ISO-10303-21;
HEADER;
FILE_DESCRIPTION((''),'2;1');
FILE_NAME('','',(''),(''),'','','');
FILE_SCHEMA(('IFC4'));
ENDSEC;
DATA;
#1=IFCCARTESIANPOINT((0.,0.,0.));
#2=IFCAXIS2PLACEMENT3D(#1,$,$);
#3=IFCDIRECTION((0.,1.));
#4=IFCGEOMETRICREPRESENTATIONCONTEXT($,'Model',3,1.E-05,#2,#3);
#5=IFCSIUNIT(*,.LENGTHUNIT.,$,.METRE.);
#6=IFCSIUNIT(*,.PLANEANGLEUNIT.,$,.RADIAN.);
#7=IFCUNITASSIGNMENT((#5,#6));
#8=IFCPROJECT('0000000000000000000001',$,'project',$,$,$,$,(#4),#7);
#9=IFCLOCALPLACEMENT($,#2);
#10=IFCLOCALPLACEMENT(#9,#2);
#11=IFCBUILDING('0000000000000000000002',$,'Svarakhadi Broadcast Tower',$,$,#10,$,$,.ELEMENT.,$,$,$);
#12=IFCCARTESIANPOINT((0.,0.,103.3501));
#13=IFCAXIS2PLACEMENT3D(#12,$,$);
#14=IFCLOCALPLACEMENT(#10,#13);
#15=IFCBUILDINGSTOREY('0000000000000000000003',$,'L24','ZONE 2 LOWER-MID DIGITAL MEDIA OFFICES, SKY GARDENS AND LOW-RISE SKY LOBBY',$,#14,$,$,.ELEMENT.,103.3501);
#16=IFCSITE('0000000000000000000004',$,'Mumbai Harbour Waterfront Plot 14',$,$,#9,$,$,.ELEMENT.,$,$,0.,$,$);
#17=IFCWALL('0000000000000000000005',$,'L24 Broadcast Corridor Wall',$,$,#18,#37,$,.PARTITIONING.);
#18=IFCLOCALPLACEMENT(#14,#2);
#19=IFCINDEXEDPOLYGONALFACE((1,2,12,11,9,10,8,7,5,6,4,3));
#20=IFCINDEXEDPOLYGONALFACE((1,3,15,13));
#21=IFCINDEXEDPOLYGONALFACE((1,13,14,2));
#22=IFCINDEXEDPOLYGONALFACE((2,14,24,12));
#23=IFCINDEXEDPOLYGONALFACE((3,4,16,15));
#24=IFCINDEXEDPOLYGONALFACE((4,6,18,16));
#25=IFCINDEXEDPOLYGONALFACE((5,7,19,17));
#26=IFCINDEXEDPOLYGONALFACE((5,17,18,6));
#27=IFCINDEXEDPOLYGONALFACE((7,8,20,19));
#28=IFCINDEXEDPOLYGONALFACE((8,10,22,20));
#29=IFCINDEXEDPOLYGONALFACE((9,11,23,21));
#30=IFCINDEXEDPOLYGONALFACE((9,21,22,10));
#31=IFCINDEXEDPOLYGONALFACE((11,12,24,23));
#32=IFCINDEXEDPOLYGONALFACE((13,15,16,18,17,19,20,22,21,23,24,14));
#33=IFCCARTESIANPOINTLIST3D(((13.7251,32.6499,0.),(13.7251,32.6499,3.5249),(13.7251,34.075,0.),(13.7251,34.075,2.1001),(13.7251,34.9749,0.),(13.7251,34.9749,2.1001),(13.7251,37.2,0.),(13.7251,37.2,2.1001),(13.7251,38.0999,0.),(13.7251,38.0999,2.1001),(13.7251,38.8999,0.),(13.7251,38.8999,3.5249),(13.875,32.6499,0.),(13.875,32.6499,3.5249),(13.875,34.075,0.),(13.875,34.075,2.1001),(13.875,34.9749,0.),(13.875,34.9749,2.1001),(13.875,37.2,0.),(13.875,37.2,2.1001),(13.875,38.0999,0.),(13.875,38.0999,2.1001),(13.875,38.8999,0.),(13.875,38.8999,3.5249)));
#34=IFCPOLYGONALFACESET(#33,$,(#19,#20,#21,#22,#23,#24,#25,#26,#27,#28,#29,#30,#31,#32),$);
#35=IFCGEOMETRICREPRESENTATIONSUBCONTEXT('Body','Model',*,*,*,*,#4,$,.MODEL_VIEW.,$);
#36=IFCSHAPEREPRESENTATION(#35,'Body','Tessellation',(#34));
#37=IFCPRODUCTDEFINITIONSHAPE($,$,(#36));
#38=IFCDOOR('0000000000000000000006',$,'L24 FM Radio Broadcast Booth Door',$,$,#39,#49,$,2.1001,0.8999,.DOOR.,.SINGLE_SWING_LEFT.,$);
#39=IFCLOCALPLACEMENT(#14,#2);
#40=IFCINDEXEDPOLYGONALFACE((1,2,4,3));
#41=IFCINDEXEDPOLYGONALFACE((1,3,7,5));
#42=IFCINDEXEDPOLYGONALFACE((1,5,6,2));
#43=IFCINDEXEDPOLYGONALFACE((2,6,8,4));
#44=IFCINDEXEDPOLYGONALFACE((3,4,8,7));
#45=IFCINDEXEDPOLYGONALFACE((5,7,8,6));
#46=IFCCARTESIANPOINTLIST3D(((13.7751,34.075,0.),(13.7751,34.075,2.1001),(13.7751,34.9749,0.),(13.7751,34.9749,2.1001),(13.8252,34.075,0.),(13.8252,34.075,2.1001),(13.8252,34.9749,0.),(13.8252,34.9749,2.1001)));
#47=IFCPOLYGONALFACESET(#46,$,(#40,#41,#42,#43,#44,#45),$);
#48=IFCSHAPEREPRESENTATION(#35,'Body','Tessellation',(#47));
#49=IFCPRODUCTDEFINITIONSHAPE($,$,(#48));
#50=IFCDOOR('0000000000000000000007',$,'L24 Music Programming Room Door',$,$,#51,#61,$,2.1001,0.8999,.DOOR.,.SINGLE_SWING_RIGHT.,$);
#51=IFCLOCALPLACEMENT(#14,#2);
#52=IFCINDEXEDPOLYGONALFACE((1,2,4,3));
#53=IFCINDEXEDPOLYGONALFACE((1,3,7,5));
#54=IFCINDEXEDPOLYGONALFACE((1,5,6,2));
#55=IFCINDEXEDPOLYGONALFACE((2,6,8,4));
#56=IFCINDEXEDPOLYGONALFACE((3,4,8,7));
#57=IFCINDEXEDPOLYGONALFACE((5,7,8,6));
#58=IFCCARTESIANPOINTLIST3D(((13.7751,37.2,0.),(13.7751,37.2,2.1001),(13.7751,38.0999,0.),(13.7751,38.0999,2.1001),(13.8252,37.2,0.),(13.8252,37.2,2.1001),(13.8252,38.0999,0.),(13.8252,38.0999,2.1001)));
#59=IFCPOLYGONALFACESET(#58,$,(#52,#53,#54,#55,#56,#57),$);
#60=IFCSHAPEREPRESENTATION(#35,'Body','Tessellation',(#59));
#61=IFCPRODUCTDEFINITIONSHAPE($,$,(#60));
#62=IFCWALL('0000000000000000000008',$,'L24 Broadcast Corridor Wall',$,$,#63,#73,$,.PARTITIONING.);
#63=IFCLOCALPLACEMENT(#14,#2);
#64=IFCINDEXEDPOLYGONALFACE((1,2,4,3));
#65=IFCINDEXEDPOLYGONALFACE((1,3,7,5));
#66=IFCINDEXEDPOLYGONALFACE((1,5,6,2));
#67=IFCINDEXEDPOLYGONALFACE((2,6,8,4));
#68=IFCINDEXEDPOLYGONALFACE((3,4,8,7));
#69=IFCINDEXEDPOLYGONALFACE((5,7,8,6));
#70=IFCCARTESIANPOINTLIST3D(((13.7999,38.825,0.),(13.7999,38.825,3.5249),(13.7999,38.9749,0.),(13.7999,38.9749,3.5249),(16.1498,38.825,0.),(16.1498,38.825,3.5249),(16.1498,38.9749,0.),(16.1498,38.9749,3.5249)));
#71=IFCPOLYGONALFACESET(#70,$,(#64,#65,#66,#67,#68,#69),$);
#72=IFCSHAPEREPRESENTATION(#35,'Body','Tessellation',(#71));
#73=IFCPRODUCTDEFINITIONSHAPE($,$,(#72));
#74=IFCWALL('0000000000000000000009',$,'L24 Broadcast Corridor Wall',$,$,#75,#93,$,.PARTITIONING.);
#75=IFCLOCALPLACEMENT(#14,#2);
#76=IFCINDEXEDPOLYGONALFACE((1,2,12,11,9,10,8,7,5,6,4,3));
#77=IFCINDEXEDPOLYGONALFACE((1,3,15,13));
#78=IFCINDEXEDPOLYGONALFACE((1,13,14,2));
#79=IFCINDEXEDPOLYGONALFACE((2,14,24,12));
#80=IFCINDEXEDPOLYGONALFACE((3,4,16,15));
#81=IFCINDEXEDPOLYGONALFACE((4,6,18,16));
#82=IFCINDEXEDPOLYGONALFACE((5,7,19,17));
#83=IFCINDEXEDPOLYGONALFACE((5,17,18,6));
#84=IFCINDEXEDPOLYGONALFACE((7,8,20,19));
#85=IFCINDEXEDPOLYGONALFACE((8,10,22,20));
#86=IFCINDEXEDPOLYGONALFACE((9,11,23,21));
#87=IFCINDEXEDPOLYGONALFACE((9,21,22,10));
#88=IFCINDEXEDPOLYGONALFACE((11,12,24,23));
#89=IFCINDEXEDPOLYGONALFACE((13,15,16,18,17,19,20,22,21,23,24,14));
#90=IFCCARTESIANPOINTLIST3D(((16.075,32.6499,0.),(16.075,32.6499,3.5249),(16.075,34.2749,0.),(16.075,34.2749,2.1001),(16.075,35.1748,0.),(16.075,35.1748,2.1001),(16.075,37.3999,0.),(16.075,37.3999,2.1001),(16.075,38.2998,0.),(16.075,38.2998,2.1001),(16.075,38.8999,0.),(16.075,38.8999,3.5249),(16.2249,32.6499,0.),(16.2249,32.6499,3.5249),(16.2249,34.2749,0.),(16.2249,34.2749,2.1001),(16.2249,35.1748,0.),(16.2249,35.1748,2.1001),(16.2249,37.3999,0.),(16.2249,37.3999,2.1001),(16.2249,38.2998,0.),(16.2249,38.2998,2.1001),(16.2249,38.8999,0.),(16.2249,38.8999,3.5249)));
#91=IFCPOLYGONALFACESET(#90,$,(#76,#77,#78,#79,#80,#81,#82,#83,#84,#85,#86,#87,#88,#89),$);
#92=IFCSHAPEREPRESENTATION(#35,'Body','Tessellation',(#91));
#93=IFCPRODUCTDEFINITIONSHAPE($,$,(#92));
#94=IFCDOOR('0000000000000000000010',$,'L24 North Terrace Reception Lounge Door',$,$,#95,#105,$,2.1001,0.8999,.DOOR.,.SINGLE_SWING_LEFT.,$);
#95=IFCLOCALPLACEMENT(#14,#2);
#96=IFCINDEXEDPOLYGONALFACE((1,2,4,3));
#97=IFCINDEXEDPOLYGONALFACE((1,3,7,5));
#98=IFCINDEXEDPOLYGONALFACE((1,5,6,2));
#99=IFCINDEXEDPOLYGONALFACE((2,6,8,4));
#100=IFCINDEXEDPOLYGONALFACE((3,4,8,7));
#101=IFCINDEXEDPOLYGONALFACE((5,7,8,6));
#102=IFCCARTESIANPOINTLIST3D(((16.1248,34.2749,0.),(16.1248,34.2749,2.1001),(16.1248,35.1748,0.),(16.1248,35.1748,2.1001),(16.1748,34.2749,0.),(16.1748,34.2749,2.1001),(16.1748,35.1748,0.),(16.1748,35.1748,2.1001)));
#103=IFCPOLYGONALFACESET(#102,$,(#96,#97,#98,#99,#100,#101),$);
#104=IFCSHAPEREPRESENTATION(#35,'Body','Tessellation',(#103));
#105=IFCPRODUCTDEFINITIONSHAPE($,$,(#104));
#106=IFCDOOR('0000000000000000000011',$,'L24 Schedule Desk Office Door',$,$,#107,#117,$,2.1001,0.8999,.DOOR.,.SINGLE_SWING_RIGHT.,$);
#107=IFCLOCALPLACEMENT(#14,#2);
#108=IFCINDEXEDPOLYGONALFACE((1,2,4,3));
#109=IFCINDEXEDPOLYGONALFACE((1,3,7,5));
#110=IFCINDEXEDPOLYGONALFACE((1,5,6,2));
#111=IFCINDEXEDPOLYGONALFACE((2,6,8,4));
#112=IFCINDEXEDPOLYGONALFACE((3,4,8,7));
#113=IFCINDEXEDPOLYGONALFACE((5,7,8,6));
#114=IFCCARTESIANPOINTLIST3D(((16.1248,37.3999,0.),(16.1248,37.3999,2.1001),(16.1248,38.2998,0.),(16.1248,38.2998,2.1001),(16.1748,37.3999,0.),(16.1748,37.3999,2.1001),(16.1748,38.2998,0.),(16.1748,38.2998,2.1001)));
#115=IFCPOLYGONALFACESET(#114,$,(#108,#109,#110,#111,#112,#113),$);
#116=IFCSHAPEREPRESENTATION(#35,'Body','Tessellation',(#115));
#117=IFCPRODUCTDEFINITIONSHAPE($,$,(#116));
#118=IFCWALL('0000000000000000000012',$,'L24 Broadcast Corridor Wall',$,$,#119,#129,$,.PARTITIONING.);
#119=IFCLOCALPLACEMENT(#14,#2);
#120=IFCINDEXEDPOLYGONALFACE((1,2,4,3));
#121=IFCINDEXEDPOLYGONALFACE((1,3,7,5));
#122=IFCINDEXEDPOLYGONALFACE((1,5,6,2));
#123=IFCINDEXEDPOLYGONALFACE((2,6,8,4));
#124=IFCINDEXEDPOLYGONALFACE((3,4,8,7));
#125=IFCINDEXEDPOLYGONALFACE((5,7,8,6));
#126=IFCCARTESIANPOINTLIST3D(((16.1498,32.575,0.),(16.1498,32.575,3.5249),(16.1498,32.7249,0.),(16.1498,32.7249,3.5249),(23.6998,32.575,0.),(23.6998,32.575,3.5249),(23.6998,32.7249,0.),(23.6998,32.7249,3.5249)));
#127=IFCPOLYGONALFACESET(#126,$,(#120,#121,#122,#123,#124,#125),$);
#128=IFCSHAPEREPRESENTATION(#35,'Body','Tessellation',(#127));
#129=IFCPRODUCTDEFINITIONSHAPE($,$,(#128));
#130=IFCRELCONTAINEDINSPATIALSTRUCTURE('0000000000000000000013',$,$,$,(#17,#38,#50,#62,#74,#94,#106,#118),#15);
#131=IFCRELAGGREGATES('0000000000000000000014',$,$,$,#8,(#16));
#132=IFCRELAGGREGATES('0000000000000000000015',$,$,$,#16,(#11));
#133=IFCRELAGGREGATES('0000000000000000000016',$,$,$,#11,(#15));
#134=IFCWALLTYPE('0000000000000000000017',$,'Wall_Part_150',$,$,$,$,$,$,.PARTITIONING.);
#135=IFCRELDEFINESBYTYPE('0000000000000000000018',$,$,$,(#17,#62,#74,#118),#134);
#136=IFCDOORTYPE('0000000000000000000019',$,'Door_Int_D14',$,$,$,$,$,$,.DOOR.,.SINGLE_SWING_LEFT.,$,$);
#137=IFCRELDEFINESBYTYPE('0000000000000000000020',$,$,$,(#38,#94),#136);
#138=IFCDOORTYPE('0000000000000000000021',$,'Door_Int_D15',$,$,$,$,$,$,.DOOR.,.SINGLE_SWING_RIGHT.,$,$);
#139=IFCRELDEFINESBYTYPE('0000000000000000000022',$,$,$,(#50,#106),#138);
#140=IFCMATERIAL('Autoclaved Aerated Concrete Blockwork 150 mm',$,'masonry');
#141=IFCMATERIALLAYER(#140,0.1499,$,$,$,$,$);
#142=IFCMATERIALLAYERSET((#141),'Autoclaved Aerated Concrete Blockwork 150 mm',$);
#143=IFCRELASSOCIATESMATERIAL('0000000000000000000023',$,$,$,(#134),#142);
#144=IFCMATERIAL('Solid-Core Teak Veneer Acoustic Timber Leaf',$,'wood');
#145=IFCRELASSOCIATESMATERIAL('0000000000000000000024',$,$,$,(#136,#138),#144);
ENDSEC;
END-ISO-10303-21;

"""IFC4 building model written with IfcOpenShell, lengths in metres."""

from ifc_helpers import new_model, si_unit, direction, frame, frame_2d, origin, place, context, subcontext, project, spatial, rectangle, extrude, material, layer, layer_set, type_object, element, fill, save


model = new_model("IFC4")

# Units and contexts
model_context = context("Model", 3, precision=1e-05, world=origin(), true_north=direction((0.0, 1.0)))
body_context = subcontext(model_context, "Body", "Model", "MODEL_VIEW")
ifc_project = project(units=[si_unit("LENGTHUNIT", "METRE"), si_unit("PLANEANGLEUNIT", "RADIAN")], contexts=[model_context])

# Site, building, storey
site_placement = place(None, origin())
site = spatial("IfcSite", under=ifc_project, at=site_placement, Name="Mumbai Harbour Waterfront Plot 14", CompositionType="ELEMENT", RefElevation=0.0)
building_placement = place(site_placement, origin())
building = spatial("IfcBuilding", under=site, at=building_placement, Name="Svarakhadi Broadcast Tower", CompositionType="ELEMENT")
storey_placement = place(building_placement, frame((0.0, 0.0, 103.3501)))
storey = spatial("IfcBuildingStorey", under=building, at=storey_placement, Name="L24", Description="ZONE 2 LOWER-MID DIGITAL MEDIA OFFICES, SKY GARDENS AND LOW-RISE SKY LOBBY", CompositionType="ELEMENT", Elevation=103.3501)

# Wall, openings, doors
ifc_material_1 = material(Name="Autoclaved Aerated Concrete Blockwork 150 mm", Category="masonry")
ifc_layer_1 = layer(ifc_material_1, 0.1499)
ifc_layer_set_1 = layer_set([ifc_layer_1], Name="Autoclaved Aerated Concrete Blockwork 150 mm")
wall_type_1 = type_object("IfcWallType", Name="Wall_Part_150", PredefinedType="PARTITIONING", material=ifc_layer_set_1)
wall_1_placement = place(storey_placement, frame((13.8, 32.6499, 0.0), z_axis=(0.0, 0.0, 1.0), x_axis=(0.0, 1.0, 0.0)))
wall_1 = element("IfcWall", 1, at=wall_1_placement, inside=storey, type_object=wall_type_1, Name="L24 Broadcast Corridor Wall", PredefinedType="PARTITIONING", context=body_context, shape_type="SweptSolid", body=[
    extrude(rectangle(XDim=6.25, YDim=0.1499, at=frame_2d((3.125, 0.0))), origin(), (0.0, 0.0, 1.0), 3.5249),
])
opening_1_placement = place(wall_1_placement, frame((1.425, 0.0, 0.0)))
opening_1 = element("IfcOpeningElement", 2, at=opening_1_placement, cuts=wall_1, PredefinedType="OPENING", context=body_context, shape_type="SweptSolid", body=[
    extrude(rectangle(XDim=0.8999, YDim=2.1001, at=frame_2d((0.45, 1.05))), frame((0.0, 0.085, 0.0), z_axis=(0.0, -1.0, 0.0), x_axis=(1.0, 0.0, 0.0)), (0.0, 0.0, 1.0), 0.1699),
])
opening_2_placement = place(wall_1_placement, frame((4.55, 0.0, 0.0)))
opening_2 = element("IfcOpeningElement", 3, at=opening_2_placement, cuts=wall_1, PredefinedType="OPENING", context=body_context, shape_type="SweptSolid", body=[
    extrude(rectangle(XDim=0.8999, YDim=2.1001, at=frame_2d((0.45, 1.05))), frame((0.0, 0.085, 0.0), z_axis=(0.0, -1.0, 0.0), x_axis=(1.0, 0.0, 0.0)), (0.0, 0.0, 1.0), 0.1699),
])
ifc_material_2 = material(Name="Solid-Core Teak Veneer Acoustic Timber Leaf", Category="wood")
door_type_1 = type_object("IfcDoorType", Name="Door_Int_D14", OperationType="SINGLE_SWING_LEFT", PredefinedType="DOOR", material=ifc_material_2)
door_1_placement = place(opening_1_placement, origin())
door_1 = element("IfcDoor", 4, at=door_1_placement, inside=storey, type_object=door_type_1, Name="L24 FM Radio Broadcast Booth Door", OperationType="SINGLE_SWING_LEFT", OverallHeight=2.1001, OverallWidth=0.8999, PredefinedType="DOOR", context=body_context, shape_type="SweptSolid", body=[
    extrude(rectangle(XDim=0.8999, YDim=2.1001, at=frame_2d((0.45, 1.05))), frame((0.0, 0.0249, 0.0), z_axis=(0.0, -1.0, 0.0), x_axis=(1.0, 0.0, 0.0)), (0.0, 0.0, 1.0), 0.05),
])
fill(opening_1, door_1)
door_type_2 = type_object("IfcDoorType", Name="Door_Int_D15", OperationType="SINGLE_SWING_RIGHT", PredefinedType="DOOR", material=ifc_material_2)
door_2_placement = place(opening_2_placement, origin())
door_2 = element("IfcDoor", 5, at=door_2_placement, inside=storey, type_object=door_type_2, Name="L24 Music Programming Room Door", OperationType="SINGLE_SWING_RIGHT", OverallHeight=2.1001, OverallWidth=0.8999, PredefinedType="DOOR", context=body_context, shape_type="SweptSolid", body=[
    extrude(rectangle(XDim=0.8999, YDim=2.1001, at=frame_2d((0.45, 1.05))), frame((0.0, 0.0249, 0.0), z_axis=(0.0, -1.0, 0.0), x_axis=(1.0, 0.0, 0.0)), (0.0, 0.0, 1.0), 0.05),
])
fill(opening_2, door_2)

# Wall
wall_2_placement = place(storey_placement, frame((13.8, 38.8999, 0.0), z_axis=(0.0, 0.0, 1.0), x_axis=(1.0, 0.0, 0.0)))
element("IfcWall", 6, at=wall_2_placement, inside=storey, type_object=wall_type_1, Name="L24 Broadcast Corridor Wall", PredefinedType="PARTITIONING", context=body_context, shape_type="SweptSolid", body=[
    extrude(rectangle(XDim=2.3499, YDim=0.1499, at=frame_2d((1.1748, 0.0))), origin(), (0.0, 0.0, 1.0), 3.5249),
])

# Wall, openings, doors
wall_3_placement = place(storey_placement, frame((16.1499, 38.8999, 0.0), z_axis=(0.0, 0.0, 1.0), x_axis=(0.0, -1.0, 0.0)))
wall_3 = element("IfcWall", 7, at=wall_3_placement, inside=storey, type_object=wall_type_1, Name="L24 Broadcast Corridor Wall", PredefinedType="PARTITIONING", context=body_context, shape_type="SweptSolid", body=[
    extrude(rectangle(XDim=6.25, YDim=0.1499, at=frame_2d((3.125, 0.0))), origin(), (0.0, 0.0, 1.0), 3.5249),
])
opening_3_placement = place(wall_3_placement, frame((3.7251, 0.0, 0.0)))
opening_3 = element("IfcOpeningElement", 8, at=opening_3_placement, cuts=wall_3, PredefinedType="OPENING", context=body_context, shape_type="SweptSolid", body=[
    extrude(rectangle(XDim=0.8999, YDim=2.1001, at=frame_2d((0.45, 1.05))), frame((0.0, 0.085, 0.0), z_axis=(0.0, -1.0, 0.0), x_axis=(1.0, 0.0, 0.0)), (0.0, 0.0, 1.0), 0.1699),
])
opening_4_placement = place(wall_3_placement, frame((0.6001, 0.0, 0.0)))
opening_4 = element("IfcOpeningElement", 9, at=opening_4_placement, cuts=wall_3, PredefinedType="OPENING", context=body_context, shape_type="SweptSolid", body=[
    extrude(rectangle(XDim=0.8999, YDim=2.1001, at=frame_2d((0.45, 1.05))), frame((0.0, 0.085, 0.0), z_axis=(0.0, -1.0, 0.0), x_axis=(1.0, 0.0, 0.0)), (0.0, 0.0, 1.0), 0.1699),
])
door_3_placement = place(opening_3_placement, origin())
door_3 = element("IfcDoor", 10, at=door_3_placement, inside=storey, type_object=door_type_1, Name="L24 North Terrace Reception Lounge Door", OperationType="SINGLE_SWING_LEFT", OverallHeight=2.1001, OverallWidth=0.8999, PredefinedType="DOOR", context=body_context, shape_type="SweptSolid", body=[
    extrude(rectangle(XDim=0.8999, YDim=2.1001, at=frame_2d((0.45, 1.05))), frame((0.0, 0.0249, 0.0), z_axis=(0.0, -1.0, 0.0), x_axis=(1.0, 0.0, 0.0)), (0.0, 0.0, 1.0), 0.05),
])
fill(opening_3, door_3)
door_4_placement = place(opening_4_placement, origin())
door_4 = element("IfcDoor", 11, at=door_4_placement, inside=storey, type_object=door_type_2, Name="L24 Schedule Desk Office Door", OperationType="SINGLE_SWING_RIGHT", OverallHeight=2.1001, OverallWidth=0.8999, PredefinedType="DOOR", context=body_context, shape_type="SweptSolid", body=[
    extrude(rectangle(XDim=0.8999, YDim=2.1001, at=frame_2d((0.45, 1.05))), frame((0.0, 0.0249, 0.0), z_axis=(0.0, -1.0, 0.0), x_axis=(1.0, 0.0, 0.0)), (0.0, 0.0, 1.0), 0.05),
])
fill(opening_4, door_4)

# Wall
wall_4_placement = place(storey_placement, frame((16.1499, 32.6499, 0.0), z_axis=(0.0, 0.0, 1.0), x_axis=(1.0, 0.0, 0.0)))
element("IfcWall", 12, at=wall_4_placement, inside=storey, type_object=wall_type_1, Name="L24 Broadcast Corridor Wall", PredefinedType="PARTITIONING", context=body_context, shape_type="SweptSolid", body=[
    extrude(rectangle(XDim=7.55, YDim=0.1499, at=frame_2d((3.7749, 0.0))), origin(), (0.0, 0.0, 1.0), 3.5249),
])

save(model, "model.ifc")
